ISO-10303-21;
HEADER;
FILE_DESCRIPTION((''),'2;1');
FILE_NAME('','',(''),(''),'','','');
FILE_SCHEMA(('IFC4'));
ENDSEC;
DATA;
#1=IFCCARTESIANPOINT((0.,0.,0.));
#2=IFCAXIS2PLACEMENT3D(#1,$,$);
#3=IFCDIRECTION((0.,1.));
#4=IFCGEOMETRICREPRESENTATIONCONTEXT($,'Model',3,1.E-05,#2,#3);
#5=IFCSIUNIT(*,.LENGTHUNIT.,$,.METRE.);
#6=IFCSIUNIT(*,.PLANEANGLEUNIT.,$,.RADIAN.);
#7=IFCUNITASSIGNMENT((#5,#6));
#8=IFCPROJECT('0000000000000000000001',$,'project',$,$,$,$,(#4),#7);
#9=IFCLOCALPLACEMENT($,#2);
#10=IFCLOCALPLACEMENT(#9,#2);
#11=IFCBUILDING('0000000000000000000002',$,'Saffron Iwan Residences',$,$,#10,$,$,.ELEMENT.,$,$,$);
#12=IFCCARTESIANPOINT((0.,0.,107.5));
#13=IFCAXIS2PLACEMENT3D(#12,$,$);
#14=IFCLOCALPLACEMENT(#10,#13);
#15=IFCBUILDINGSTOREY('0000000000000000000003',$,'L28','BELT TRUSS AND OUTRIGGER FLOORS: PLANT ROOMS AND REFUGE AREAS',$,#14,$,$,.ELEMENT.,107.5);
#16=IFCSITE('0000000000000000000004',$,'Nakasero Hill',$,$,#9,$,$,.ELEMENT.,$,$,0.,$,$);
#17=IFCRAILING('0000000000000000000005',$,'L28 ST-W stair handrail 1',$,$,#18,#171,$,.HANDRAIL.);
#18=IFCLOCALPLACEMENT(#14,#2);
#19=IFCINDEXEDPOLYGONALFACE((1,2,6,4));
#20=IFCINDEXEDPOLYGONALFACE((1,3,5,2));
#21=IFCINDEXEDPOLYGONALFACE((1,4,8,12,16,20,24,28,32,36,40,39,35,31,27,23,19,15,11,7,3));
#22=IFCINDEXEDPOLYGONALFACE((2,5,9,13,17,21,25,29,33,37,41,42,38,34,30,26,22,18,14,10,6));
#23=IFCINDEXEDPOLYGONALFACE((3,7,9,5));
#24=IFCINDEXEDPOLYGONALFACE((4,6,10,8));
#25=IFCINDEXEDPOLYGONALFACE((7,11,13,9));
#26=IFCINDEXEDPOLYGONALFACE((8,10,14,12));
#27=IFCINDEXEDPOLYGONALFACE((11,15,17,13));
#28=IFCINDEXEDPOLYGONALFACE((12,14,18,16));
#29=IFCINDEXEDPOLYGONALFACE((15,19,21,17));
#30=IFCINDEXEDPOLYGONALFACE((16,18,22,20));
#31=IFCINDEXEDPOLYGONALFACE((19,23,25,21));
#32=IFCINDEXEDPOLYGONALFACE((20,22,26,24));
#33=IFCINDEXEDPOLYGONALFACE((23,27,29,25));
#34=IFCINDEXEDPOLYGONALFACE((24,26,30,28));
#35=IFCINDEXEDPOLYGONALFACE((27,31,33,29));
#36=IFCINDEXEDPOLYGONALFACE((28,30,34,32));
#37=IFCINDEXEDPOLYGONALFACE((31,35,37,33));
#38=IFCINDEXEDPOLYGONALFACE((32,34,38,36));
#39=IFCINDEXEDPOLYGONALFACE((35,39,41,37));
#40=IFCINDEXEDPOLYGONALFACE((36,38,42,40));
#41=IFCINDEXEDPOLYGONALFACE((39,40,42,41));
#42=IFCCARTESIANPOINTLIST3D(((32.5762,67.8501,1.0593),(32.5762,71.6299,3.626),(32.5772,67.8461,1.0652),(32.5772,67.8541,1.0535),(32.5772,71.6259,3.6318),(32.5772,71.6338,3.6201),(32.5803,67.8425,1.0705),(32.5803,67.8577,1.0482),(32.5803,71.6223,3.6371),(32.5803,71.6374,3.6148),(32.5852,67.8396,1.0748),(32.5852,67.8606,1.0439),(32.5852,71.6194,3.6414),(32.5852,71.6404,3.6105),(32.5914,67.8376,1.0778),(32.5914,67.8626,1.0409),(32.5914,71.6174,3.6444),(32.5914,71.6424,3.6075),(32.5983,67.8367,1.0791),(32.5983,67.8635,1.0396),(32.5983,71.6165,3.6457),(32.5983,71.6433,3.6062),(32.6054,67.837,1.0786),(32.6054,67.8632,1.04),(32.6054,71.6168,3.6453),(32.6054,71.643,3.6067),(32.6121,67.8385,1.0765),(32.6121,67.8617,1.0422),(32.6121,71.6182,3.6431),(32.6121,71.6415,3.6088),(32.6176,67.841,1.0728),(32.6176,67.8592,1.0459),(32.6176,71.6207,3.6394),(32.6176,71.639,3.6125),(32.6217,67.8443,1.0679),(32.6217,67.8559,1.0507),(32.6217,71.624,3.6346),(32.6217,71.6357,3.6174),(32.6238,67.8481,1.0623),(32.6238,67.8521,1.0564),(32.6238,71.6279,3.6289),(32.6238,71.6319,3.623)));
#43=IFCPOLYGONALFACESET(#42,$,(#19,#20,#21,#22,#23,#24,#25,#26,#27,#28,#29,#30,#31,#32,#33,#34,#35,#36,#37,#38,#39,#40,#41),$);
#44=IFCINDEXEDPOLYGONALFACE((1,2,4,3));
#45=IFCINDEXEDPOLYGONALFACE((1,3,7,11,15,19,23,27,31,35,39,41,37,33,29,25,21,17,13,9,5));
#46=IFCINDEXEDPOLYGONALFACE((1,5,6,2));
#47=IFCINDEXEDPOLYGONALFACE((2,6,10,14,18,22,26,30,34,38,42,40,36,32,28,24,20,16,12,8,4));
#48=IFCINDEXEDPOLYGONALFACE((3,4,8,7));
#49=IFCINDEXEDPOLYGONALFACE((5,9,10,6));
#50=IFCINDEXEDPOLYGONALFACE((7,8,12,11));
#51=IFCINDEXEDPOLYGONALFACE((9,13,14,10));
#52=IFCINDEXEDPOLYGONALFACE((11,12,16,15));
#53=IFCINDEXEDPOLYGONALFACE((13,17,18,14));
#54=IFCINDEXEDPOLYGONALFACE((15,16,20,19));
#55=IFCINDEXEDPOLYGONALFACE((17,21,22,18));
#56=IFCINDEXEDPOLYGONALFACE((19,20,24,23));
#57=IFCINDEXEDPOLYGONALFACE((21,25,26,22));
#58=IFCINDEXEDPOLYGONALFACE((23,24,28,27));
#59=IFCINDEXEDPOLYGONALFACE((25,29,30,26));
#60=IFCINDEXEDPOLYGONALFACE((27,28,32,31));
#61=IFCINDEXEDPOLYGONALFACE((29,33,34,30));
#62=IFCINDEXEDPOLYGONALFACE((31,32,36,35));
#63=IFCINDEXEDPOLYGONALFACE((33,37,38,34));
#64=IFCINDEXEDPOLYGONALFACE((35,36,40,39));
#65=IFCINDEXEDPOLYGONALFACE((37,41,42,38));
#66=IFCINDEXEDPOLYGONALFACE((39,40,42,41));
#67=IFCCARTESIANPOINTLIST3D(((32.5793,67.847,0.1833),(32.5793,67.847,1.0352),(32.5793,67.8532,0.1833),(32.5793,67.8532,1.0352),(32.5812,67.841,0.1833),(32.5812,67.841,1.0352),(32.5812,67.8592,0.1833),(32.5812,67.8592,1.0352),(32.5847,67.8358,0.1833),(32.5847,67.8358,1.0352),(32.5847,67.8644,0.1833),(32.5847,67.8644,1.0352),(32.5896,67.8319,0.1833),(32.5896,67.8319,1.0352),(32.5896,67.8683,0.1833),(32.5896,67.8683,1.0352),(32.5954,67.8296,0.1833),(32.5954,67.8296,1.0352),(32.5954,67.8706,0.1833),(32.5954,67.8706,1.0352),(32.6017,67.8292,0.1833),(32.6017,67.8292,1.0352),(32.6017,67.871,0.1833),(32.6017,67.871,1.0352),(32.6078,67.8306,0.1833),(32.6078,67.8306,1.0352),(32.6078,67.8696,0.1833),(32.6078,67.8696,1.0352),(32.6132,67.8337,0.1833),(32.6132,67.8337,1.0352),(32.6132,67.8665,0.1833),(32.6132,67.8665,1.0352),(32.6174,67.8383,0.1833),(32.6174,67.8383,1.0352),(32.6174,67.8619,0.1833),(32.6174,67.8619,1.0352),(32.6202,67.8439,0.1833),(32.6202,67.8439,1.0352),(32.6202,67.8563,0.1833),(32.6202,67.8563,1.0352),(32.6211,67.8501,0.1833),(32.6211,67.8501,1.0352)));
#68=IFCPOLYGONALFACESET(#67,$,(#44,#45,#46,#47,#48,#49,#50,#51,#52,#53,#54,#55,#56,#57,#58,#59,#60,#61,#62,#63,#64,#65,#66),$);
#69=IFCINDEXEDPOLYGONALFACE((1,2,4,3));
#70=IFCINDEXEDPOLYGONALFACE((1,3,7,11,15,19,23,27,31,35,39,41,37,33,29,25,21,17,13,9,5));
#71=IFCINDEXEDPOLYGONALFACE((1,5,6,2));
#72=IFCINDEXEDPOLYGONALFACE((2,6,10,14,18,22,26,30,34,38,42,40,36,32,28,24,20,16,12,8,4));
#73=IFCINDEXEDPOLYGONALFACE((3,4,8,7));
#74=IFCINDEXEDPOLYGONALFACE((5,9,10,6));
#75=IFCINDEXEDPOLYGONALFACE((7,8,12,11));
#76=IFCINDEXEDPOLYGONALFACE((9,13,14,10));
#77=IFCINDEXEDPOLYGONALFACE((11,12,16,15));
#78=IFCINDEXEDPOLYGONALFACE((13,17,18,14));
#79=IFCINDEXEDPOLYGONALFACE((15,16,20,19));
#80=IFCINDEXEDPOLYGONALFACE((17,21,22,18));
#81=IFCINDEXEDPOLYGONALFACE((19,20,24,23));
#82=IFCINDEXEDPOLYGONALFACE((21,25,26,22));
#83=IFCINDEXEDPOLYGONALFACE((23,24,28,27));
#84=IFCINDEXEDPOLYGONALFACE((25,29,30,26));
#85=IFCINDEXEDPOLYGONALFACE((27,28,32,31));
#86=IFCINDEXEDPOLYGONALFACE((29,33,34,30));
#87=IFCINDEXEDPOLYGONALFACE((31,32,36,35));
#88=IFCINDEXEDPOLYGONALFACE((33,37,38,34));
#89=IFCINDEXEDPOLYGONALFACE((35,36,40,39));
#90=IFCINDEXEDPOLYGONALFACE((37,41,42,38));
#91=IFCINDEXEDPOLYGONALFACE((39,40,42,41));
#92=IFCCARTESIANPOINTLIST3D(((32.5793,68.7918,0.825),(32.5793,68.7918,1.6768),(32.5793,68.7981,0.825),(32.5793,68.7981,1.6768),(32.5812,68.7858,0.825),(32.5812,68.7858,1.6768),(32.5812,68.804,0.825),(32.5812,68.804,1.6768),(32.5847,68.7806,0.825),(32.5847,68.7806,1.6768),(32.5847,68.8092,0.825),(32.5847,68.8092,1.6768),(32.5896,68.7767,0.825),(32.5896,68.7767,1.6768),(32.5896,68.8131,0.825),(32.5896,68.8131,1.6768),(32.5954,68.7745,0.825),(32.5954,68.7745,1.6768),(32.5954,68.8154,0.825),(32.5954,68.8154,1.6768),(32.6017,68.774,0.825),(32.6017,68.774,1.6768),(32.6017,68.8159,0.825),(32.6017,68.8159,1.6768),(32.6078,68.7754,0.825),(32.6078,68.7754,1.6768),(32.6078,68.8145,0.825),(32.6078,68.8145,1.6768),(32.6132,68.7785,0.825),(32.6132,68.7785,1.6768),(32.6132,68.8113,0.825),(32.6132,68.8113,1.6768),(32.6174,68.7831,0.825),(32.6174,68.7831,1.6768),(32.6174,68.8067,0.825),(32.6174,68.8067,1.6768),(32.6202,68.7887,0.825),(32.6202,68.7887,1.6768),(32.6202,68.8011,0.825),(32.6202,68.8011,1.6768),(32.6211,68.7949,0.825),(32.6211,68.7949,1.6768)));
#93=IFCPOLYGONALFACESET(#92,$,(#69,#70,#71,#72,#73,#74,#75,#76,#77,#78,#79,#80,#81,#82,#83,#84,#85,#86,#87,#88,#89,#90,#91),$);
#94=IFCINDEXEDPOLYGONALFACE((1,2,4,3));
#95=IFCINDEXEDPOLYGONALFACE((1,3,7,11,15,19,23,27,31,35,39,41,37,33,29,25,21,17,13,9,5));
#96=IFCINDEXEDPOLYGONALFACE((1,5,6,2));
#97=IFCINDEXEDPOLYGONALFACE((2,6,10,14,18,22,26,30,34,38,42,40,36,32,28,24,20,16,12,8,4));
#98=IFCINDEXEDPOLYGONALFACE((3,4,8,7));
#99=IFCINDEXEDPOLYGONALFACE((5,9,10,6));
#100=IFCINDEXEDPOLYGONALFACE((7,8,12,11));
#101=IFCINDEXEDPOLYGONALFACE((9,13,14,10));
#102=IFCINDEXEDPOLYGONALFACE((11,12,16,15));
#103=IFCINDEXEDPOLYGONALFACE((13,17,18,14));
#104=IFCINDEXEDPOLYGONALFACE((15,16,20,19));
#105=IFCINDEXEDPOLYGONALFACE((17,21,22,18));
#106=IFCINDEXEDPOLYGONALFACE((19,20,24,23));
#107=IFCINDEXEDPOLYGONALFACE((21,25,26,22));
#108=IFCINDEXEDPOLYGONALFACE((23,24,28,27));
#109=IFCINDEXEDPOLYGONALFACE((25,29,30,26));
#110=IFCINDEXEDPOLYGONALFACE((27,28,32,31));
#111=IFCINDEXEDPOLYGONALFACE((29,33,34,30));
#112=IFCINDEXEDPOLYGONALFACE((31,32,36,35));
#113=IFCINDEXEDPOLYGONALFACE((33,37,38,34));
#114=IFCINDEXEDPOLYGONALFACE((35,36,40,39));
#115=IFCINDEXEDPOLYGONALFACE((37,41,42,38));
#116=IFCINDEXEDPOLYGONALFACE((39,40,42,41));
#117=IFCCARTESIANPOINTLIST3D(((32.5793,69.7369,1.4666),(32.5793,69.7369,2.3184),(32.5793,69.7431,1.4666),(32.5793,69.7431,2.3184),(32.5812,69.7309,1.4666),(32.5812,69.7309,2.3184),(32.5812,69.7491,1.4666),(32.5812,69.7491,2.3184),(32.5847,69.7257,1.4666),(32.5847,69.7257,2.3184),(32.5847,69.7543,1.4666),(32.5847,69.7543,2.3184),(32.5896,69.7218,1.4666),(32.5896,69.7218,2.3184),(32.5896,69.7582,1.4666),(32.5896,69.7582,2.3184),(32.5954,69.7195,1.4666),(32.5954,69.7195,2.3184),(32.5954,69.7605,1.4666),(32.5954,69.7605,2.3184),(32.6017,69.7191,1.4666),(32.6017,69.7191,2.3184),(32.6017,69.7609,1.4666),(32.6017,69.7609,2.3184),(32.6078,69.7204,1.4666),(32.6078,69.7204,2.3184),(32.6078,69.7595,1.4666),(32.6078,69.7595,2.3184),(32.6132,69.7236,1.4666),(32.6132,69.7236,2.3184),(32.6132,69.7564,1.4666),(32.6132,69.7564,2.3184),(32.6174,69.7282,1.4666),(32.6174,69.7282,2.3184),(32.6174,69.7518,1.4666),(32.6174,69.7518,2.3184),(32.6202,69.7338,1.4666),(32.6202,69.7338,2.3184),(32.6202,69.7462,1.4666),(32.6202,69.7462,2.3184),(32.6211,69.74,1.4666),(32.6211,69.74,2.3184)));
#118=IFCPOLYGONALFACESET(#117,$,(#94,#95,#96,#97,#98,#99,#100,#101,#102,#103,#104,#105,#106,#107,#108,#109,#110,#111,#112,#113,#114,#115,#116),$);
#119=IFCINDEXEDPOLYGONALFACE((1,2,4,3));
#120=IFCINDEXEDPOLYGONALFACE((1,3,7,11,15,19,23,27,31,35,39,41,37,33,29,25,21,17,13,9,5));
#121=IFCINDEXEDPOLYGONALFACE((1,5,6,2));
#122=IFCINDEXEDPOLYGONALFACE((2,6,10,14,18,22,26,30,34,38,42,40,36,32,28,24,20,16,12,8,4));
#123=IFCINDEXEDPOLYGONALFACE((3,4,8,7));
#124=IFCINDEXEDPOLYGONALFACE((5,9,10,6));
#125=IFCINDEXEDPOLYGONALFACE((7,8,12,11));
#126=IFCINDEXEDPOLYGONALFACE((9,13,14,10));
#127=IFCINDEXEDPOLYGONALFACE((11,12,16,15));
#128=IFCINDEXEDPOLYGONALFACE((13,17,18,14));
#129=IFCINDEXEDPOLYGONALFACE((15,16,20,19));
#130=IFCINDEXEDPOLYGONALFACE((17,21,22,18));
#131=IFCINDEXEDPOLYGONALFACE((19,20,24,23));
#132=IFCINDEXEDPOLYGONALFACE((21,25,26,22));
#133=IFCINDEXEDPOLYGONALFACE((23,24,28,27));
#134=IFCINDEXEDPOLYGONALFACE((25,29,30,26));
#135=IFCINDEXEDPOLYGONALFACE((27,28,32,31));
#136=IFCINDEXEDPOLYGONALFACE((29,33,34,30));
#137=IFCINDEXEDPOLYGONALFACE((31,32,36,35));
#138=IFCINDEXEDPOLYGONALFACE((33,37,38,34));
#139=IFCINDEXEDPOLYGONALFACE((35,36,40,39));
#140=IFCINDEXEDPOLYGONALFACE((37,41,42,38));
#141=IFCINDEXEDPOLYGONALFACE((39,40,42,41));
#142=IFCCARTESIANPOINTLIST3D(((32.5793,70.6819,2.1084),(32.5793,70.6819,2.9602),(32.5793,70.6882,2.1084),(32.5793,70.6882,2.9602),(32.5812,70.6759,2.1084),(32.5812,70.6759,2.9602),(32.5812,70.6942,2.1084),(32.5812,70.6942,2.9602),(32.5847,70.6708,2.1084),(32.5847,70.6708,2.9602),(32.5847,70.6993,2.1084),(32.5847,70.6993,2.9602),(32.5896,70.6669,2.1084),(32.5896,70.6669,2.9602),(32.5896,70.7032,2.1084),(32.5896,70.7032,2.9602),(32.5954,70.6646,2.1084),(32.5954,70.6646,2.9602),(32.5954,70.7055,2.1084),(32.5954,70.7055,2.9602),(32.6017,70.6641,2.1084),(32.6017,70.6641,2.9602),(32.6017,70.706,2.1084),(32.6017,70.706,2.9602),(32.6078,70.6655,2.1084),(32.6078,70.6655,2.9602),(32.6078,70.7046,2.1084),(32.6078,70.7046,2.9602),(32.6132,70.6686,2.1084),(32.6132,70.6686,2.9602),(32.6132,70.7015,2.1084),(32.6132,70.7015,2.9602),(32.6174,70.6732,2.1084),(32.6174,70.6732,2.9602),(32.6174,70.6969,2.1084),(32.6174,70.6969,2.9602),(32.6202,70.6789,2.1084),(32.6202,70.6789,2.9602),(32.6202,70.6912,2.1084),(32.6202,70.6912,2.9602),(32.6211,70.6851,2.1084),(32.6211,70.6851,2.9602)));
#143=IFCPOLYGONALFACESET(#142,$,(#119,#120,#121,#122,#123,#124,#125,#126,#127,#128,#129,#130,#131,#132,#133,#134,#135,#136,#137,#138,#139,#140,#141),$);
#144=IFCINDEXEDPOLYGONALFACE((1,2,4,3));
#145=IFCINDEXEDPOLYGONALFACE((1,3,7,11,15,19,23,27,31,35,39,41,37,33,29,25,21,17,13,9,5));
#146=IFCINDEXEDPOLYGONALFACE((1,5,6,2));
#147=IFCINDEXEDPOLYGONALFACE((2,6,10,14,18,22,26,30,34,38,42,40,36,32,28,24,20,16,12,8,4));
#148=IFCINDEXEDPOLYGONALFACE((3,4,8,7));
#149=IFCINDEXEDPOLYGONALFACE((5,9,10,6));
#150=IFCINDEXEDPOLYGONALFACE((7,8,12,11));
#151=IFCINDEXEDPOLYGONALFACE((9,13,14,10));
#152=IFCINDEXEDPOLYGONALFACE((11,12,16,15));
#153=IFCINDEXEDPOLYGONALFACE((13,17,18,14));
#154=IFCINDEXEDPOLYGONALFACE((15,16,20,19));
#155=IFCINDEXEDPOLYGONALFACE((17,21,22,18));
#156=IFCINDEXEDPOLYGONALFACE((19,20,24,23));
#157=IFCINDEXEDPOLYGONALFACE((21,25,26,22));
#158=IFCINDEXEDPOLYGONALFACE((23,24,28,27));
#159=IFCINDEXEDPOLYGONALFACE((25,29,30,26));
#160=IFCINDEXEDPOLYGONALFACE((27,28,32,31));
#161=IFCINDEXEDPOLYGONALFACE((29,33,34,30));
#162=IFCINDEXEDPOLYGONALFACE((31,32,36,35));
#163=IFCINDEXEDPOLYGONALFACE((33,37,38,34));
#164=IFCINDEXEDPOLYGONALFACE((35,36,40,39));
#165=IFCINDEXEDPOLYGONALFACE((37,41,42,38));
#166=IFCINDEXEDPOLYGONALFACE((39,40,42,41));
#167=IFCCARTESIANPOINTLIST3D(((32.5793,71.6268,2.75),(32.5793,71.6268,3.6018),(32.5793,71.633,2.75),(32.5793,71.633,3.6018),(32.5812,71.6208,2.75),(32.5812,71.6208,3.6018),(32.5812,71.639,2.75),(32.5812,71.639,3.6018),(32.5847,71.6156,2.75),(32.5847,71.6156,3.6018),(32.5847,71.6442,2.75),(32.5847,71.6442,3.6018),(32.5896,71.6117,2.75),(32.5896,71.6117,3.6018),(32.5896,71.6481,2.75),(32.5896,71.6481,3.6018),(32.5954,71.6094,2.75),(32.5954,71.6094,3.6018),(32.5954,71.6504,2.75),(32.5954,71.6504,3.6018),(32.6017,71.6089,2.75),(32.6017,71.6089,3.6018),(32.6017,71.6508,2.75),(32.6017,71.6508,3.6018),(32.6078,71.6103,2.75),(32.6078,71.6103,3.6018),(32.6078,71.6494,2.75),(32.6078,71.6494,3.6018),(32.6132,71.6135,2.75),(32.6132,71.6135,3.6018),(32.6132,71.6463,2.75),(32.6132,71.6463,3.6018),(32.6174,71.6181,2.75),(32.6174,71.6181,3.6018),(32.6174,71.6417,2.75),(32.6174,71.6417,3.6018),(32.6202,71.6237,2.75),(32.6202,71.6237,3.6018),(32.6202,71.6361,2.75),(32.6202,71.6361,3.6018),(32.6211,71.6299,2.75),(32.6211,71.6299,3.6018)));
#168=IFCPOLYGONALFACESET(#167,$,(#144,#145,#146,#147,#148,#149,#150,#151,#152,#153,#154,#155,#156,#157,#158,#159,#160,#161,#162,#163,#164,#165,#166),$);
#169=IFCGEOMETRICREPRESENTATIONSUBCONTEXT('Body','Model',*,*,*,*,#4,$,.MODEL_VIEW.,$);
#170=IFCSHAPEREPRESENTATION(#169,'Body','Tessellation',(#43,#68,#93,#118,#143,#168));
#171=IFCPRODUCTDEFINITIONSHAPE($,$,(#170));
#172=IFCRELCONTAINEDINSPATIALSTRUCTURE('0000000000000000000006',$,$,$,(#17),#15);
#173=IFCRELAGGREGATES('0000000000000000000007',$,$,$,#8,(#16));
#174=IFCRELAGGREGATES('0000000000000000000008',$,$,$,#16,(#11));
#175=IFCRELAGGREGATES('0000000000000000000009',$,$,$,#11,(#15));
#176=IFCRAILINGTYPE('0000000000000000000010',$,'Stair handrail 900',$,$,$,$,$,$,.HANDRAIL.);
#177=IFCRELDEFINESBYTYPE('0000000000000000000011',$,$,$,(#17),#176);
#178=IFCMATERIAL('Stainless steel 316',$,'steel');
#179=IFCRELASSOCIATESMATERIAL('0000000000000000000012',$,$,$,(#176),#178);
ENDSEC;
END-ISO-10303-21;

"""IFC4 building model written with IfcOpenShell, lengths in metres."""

from ifc_helpers import new_model, si_unit, direction, frame, origin, origin_2d, place, context, subcontext, project, spatial, circle, extrude, material, type_object, element, save


model = new_model("IFC4")

# Units and contexts
model_context = context("Model", 3, precision=1e-05, world=origin(), true_north=direction((0.0, 1.0)))
body_context = subcontext(model_context, "Body", "Model", "MODEL_VIEW")
ifc_project = project(units=[si_unit("LENGTHUNIT", "METRE"), si_unit("PLANEANGLEUNIT", "RADIAN")], contexts=[model_context])

# Site, building, storey
site_placement = place(None, origin())
site = spatial("IfcSite", under=ifc_project, at=site_placement, Name="Nakasero Hill", CompositionType="ELEMENT", RefElevation=0.0)
building_placement = place(site_placement, origin())
building = spatial("IfcBuilding", under=site, at=building_placement, Name="Saffron Iwan Residences", CompositionType="ELEMENT")
storey_placement = place(building_placement, frame((0.0, 0.0, 107.5)))
storey = spatial("IfcBuildingStorey", under=building, at=storey_placement, Name="L28", Description="BELT TRUSS AND OUTRIGGER FLOORS: PLANT ROOMS AND REFUGE AREAS", CompositionType="ELEMENT", Elevation=107.5)

# Railing
ifc_material_1 = material(Name="Stainless steel 316", Category="steel")
railing_type = type_object("IfcRailingType", Name="Stair handrail 900", PredefinedType="HANDRAIL", material=ifc_material_1)
railing_placement = place(storey_placement, frame((32.6001, 67.8501, 0.1833)))
element("IfcRailing", 1, at=railing_placement, inside=storey, type_object=railing_type, Name="L28 ST-W stair handrail 1", PredefinedType="HANDRAIL", context=body_context, shape_type="SweptSolid", body=[
    extrude(circle(Radius=0.0239, at=origin_2d()), frame((0.0, 0.0, 0.876), z_axis=(0.0, 0.827293, 0.561771), x_axis=(-1.0, 0.0, 0.0)), (0.0, 0.0, 1.0), 4.5688),
    extrude(circle(Radius=0.021, at=origin_2d()), origin(), (0.0, 0.0, 1.0), 0.8518),
    extrude(circle(Radius=0.021, at=origin_2d()), frame((0.0, 0.9448, 0.6416)), (0.0, 0.0, 1.0), 0.8518),
    extrude(circle(Radius=0.021, at=origin_2d()), frame((0.0, 1.8899, 1.2832)), (0.0, 0.0, 1.0), 0.8518),
    extrude(circle(Radius=0.021, at=origin_2d()), frame((0.0, 2.835, 1.925)), (0.0, 0.0, 1.0), 0.8518),
    extrude(circle(Radius=0.021, at=origin_2d()), frame((0.0, 3.7798, 2.5667)), (0.0, 0.0, 1.0), 0.8518),
])

save(model, "model.ifc")
